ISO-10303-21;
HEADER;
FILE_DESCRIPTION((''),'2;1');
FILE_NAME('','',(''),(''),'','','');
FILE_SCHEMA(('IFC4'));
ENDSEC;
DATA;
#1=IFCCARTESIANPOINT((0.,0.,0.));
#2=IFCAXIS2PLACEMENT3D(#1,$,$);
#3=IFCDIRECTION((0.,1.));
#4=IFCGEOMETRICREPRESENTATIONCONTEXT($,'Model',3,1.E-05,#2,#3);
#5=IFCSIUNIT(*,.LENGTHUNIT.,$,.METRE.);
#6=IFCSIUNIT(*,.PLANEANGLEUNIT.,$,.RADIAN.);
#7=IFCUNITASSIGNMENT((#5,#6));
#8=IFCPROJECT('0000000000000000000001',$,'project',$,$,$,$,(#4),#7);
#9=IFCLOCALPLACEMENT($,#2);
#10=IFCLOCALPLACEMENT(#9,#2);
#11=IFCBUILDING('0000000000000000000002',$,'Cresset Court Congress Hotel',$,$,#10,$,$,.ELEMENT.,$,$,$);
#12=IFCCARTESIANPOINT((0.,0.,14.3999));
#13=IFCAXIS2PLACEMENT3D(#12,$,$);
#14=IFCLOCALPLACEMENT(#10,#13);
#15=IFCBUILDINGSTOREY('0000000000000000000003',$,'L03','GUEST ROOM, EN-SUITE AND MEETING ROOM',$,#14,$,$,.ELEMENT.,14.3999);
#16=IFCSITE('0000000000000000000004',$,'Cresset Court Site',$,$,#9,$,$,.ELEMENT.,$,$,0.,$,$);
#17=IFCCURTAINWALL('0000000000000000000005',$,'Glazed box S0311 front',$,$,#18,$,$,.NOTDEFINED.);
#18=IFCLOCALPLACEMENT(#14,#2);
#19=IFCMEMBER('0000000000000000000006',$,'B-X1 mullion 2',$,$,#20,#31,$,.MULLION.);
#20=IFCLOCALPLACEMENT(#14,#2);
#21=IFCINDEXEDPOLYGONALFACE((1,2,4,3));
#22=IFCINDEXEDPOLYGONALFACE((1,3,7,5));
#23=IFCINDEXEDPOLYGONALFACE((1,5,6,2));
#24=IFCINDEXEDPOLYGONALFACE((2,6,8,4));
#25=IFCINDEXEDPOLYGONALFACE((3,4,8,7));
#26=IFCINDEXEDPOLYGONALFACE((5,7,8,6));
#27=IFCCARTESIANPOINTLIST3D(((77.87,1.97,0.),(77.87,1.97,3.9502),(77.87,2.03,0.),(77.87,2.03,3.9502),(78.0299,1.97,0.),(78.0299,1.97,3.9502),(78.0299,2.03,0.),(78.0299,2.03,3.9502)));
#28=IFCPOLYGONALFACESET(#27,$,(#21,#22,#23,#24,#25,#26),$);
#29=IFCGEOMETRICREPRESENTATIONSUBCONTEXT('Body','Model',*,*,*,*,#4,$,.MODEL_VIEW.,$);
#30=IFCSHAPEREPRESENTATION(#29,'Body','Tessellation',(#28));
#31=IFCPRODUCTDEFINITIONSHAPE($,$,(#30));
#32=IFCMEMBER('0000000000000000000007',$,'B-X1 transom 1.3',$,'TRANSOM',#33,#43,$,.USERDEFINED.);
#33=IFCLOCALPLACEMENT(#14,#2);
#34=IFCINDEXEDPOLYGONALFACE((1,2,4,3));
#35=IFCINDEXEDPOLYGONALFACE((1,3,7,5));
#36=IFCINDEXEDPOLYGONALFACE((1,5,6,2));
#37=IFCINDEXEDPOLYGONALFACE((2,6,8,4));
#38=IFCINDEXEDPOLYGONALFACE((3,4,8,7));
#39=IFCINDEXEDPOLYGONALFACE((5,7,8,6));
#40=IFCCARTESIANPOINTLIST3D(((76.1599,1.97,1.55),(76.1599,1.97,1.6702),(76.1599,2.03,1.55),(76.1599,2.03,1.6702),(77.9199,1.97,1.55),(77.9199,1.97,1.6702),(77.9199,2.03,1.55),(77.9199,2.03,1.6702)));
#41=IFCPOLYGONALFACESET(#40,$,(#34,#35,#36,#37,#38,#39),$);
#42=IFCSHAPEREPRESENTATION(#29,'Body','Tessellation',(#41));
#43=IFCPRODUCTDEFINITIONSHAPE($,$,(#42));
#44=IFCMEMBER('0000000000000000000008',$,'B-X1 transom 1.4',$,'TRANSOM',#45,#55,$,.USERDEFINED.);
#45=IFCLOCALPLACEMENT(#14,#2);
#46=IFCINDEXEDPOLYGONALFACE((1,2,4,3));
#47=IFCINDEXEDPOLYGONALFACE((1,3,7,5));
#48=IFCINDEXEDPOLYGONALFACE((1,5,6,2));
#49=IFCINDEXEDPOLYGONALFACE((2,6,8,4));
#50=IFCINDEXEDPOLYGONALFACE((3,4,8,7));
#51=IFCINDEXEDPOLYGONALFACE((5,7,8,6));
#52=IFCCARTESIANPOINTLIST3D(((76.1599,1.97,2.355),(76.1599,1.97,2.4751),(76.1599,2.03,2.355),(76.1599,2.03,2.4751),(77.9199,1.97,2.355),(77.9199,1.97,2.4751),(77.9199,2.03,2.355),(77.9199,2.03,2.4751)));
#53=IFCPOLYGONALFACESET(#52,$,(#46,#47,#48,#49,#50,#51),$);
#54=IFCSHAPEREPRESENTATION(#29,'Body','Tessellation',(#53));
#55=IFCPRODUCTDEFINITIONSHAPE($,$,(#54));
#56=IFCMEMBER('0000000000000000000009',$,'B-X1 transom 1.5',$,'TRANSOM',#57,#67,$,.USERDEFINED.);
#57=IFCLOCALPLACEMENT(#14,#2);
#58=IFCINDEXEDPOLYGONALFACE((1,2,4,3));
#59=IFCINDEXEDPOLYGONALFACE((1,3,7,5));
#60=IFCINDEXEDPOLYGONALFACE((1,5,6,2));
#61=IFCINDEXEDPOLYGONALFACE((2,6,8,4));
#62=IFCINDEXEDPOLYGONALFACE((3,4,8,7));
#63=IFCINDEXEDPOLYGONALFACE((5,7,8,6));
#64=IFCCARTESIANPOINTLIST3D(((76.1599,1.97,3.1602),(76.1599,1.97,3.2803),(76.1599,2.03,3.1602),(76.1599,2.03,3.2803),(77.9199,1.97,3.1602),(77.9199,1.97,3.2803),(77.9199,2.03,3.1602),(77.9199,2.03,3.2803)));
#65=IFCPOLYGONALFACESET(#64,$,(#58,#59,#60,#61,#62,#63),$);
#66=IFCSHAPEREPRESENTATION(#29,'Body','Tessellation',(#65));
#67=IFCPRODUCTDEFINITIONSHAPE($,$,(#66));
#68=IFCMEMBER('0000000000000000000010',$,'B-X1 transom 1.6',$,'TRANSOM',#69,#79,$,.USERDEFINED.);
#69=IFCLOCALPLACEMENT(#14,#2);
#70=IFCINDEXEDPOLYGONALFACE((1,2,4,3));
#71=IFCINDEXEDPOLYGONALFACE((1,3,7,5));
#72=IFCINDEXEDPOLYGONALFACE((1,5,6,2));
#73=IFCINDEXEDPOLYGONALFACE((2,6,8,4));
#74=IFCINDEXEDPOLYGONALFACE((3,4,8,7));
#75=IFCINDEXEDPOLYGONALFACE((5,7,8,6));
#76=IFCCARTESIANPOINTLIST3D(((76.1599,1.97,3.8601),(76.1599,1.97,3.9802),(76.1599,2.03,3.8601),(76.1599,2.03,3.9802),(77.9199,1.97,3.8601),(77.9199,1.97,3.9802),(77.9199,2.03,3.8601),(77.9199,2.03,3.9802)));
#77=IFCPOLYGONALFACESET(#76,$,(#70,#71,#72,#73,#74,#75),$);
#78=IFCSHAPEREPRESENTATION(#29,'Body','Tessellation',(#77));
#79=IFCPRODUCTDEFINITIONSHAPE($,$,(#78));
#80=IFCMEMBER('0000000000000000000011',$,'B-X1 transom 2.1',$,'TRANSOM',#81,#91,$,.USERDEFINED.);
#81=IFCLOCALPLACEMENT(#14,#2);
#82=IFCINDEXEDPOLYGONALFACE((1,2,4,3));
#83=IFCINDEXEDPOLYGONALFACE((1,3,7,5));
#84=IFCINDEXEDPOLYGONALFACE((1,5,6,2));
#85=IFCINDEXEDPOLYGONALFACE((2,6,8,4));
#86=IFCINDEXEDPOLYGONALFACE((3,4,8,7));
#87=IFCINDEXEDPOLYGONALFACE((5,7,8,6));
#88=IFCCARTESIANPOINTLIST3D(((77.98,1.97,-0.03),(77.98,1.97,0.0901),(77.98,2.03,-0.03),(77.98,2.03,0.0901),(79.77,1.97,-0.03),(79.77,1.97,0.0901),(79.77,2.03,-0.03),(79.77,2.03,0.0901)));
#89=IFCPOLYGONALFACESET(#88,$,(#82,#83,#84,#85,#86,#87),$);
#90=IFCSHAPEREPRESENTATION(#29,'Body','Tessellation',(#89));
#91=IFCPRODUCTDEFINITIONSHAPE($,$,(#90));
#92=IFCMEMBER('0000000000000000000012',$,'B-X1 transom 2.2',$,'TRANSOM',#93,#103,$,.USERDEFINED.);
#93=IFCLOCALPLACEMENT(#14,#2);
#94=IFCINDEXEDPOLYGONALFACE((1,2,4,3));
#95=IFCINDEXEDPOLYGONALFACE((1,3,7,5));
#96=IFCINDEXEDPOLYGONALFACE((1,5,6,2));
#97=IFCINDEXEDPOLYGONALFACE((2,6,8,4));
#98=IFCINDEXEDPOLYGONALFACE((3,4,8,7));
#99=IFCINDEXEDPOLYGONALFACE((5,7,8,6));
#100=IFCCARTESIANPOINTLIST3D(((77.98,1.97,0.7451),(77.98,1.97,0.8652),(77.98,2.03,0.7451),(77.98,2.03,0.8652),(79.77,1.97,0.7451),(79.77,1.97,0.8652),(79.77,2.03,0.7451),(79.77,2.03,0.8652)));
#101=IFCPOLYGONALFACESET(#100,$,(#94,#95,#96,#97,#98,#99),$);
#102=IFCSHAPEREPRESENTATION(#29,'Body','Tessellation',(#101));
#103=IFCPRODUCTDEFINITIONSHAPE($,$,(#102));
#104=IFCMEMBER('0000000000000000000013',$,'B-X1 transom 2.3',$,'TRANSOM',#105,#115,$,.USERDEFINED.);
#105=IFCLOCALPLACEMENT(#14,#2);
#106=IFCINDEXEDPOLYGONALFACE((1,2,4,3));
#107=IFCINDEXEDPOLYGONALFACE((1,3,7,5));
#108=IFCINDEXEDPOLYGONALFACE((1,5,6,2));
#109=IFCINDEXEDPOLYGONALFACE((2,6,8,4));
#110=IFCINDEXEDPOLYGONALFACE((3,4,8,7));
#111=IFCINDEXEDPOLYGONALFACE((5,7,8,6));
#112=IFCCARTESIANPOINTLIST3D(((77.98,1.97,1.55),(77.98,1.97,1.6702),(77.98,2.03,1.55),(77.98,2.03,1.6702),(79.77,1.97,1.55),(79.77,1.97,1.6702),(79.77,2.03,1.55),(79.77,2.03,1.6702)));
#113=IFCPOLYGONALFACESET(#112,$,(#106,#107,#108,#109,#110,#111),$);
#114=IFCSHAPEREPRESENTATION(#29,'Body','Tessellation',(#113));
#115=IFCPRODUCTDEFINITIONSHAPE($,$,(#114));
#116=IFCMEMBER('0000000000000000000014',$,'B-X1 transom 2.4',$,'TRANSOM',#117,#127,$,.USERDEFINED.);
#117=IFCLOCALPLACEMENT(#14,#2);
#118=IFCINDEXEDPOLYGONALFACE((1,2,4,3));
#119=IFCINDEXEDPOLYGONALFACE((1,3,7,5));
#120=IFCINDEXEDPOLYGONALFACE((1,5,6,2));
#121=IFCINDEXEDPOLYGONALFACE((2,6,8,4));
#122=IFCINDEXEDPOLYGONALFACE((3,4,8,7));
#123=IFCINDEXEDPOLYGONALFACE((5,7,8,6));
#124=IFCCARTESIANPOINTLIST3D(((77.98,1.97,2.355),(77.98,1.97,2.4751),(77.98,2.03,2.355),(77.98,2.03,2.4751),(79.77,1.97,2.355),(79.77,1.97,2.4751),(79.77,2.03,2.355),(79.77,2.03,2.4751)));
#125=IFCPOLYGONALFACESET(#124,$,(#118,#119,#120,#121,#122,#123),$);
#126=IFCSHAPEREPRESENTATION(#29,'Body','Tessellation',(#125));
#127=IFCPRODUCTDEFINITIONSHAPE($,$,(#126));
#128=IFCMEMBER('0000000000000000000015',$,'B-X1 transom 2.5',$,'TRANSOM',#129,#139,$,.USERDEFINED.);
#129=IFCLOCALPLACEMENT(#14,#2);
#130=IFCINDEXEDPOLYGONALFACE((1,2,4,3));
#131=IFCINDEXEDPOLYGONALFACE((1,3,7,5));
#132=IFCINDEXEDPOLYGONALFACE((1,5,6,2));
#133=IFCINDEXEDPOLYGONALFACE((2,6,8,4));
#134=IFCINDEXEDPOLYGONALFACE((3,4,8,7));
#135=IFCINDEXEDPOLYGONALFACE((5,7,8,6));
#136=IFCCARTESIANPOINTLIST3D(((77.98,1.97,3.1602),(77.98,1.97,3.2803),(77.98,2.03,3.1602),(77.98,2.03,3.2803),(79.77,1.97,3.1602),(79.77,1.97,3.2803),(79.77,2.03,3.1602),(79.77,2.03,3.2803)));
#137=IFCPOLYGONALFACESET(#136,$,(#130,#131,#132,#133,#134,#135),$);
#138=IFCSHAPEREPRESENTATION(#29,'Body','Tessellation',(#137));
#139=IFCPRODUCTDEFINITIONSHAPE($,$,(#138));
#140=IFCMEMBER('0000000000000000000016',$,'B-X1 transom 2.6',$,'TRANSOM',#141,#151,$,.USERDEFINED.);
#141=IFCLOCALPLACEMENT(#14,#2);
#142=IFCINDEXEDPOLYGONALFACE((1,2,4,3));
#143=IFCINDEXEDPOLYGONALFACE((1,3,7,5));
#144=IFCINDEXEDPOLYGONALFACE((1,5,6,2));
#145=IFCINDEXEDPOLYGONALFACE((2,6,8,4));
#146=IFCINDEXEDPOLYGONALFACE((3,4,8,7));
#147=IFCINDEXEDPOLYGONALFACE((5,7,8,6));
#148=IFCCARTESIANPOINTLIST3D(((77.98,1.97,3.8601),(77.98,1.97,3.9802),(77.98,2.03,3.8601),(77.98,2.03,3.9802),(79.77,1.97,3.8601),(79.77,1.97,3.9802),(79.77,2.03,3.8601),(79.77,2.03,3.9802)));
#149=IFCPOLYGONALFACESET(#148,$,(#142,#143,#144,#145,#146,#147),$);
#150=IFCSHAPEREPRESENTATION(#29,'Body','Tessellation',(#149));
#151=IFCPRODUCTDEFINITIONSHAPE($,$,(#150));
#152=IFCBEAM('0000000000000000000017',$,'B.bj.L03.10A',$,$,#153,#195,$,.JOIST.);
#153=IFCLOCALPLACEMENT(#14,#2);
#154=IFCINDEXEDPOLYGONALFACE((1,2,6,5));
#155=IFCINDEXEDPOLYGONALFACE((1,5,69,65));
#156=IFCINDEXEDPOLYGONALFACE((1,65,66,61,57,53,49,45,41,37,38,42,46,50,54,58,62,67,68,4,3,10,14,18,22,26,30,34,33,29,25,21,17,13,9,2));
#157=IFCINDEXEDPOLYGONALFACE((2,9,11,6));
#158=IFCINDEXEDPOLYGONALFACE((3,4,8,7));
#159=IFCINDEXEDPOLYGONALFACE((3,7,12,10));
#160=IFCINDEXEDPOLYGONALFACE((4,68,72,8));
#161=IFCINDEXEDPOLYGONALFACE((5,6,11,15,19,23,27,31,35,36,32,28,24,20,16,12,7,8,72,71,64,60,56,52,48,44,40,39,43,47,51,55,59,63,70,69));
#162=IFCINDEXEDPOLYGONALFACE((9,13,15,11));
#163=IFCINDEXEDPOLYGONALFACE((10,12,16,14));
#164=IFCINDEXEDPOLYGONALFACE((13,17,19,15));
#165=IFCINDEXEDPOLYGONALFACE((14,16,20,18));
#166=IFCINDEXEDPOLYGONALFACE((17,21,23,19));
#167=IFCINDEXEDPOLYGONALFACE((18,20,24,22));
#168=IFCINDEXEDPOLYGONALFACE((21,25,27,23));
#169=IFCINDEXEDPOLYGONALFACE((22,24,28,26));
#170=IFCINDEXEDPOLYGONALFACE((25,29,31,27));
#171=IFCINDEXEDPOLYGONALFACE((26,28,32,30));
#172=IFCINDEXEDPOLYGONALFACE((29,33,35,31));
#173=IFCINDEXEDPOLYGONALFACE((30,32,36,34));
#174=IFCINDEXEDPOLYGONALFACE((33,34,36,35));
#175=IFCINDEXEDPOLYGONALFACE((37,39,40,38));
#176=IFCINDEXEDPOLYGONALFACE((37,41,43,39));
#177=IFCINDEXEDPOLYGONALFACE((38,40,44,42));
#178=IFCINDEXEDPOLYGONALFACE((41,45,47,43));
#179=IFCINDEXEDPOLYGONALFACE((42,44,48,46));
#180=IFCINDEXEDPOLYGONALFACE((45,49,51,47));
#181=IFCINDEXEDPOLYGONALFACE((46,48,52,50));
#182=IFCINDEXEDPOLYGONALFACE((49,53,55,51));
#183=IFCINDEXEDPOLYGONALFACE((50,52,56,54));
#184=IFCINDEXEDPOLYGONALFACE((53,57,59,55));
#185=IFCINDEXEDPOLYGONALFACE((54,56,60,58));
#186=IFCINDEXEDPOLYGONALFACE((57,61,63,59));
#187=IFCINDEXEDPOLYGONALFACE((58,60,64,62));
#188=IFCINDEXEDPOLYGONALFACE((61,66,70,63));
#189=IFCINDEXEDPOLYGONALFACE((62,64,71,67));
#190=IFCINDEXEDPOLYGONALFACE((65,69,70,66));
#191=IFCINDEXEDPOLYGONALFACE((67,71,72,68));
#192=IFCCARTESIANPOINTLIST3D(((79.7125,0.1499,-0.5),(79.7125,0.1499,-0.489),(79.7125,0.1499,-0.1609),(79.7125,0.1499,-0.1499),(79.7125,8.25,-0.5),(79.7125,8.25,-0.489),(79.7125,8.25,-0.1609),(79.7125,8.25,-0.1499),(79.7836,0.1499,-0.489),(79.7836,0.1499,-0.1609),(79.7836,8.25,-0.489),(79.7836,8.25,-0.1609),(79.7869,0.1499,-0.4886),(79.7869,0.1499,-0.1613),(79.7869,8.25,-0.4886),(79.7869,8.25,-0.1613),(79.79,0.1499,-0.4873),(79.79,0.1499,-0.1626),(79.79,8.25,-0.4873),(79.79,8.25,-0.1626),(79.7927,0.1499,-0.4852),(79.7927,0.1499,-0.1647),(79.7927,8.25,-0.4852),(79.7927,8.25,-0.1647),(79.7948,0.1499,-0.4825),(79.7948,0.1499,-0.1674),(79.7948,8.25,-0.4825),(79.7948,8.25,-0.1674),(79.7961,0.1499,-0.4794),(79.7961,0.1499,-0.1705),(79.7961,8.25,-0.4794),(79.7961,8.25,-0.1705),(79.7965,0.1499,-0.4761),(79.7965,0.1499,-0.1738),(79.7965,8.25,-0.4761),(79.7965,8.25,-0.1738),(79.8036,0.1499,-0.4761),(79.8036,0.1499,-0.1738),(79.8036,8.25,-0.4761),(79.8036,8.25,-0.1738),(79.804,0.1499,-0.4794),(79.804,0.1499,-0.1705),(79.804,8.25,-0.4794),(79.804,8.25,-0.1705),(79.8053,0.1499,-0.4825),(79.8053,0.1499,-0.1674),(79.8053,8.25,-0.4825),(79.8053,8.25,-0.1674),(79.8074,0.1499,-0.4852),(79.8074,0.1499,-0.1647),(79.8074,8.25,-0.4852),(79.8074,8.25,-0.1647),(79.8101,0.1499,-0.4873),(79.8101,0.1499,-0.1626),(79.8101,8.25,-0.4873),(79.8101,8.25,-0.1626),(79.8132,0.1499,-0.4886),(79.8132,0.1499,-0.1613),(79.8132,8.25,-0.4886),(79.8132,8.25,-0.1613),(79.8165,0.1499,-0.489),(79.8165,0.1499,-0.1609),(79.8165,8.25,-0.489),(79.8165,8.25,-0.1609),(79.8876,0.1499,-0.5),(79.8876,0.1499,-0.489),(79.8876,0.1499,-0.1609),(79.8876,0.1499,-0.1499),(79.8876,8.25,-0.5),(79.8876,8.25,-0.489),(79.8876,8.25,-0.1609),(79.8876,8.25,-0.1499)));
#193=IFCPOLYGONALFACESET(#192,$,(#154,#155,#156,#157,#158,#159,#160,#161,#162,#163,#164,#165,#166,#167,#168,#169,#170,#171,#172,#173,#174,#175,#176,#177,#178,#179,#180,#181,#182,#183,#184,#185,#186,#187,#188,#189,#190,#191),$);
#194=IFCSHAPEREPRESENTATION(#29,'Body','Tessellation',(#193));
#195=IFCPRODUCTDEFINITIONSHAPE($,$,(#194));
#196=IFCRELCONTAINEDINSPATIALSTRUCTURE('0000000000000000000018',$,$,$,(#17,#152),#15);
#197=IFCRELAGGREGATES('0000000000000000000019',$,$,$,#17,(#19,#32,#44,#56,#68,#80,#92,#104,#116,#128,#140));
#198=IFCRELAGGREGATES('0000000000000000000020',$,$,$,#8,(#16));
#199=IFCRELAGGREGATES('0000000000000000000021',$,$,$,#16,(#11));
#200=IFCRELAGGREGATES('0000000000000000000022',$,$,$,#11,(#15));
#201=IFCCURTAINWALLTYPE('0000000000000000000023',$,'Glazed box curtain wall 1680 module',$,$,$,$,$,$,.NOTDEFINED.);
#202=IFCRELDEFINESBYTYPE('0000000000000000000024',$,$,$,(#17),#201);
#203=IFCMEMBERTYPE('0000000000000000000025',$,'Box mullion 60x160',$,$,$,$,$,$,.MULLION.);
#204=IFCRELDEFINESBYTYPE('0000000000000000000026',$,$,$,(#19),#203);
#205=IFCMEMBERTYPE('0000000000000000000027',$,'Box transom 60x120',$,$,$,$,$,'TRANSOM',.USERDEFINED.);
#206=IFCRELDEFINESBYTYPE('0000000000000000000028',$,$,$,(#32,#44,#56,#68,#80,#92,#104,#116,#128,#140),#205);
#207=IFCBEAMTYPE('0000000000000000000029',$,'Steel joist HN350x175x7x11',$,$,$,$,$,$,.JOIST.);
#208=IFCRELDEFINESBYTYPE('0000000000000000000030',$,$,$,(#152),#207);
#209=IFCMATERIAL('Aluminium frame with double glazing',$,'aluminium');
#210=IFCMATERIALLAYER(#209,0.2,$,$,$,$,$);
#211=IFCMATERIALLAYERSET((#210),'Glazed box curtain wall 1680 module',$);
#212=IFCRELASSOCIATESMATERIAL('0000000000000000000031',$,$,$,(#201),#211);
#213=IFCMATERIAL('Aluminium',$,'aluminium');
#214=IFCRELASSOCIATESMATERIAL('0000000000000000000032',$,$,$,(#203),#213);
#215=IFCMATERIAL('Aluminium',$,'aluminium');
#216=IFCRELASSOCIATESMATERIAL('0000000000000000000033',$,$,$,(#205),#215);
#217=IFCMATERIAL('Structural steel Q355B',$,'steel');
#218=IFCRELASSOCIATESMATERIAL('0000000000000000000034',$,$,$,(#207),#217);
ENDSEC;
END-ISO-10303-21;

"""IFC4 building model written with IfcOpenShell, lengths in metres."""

from ifc_helpers import new_model, si_unit, direction, frame, origin, origin_2d, place, context, subcontext, project, spatial, rectangle, i_section, extrude, material, layer, layer_set, material_profile, profile_set, type_object, element, aggregate, save


model = new_model("IFC4")

# Units and contexts
model_context = context("Model", 3, precision=1e-05, world=origin(), true_north=direction((0.0, 1.0)))
body_context = subcontext(model_context, "Body", "Model", "MODEL_VIEW")
ifc_project = project(units=[si_unit("LENGTHUNIT", "METRE"), si_unit("PLANEANGLEUNIT", "RADIAN")], contexts=[model_context])

# Site, building, storey
site_placement = place(None, origin())
site = spatial("IfcSite", under=ifc_project, at=site_placement, Name="Cresset Court Site", CompositionType="ELEMENT", RefElevation=0.0)
building_placement = place(site_placement, origin())
building = spatial("IfcBuilding", under=site, at=building_placement, Name="Cresset Court Congress Hotel", CompositionType="ELEMENT")
storey_placement = place(building_placement, frame((0.0, 0.0, 14.3999)))
storey = spatial("IfcBuildingStorey", under=building, at=storey_placement, Name="L03", Description="GUEST ROOM, EN-SUITE AND MEETING ROOM", CompositionType="ELEMENT", Elevation=14.3999)

# Curtain wall, members
ifc_material_1 = material(Name="Aluminium frame with double glazing", Category="aluminium")
ifc_layer_1 = layer(ifc_material_1, 0.2)
ifc_layer_set_1 = layer_set([ifc_layer_1], Name="Glazed box curtain wall 1680 module")
curtain_wall_type = type_object("IfcCurtainWallType", Name="Glazed box curtain wall 1680 module", PredefinedType="NOTDEFINED", material=ifc_layer_set_1)
curtain_wall_placement = place(storey_placement, origin())
curtain_wall = element("IfcCurtainWall", 1, at=curtain_wall_placement, inside=storey, type_object=curtain_wall_type, Name="Glazed box S0311 front", PredefinedType="NOTDEFINED")
ifc_material_2 = material(Name="Aluminium", Category="aluminium")
ifc_material_profile_1 = material_profile(ifc_material_2, rectangle(XDim=0.0601, YDim=0.1599, at=origin_2d()), Name="Box mullion 60x160")
ifc_profile_set_1 = profile_set([ifc_material_profile_1], Name="Aluminium")
member_type_1 = type_object("IfcMemberType", Name="Box mullion 60x160", PredefinedType="MULLION", material=ifc_profile_set_1)
member_1_placement = place(storey_placement, frame((77.95, 2.0, 0.0), z_axis=(0.0, 0.0, 1.0), x_axis=(0.0, 1.0, 0.0)))
member_1 = element("IfcMember", 2, at=member_1_placement, type_object=member_type_1, Name="B-X1 mullion 2", PredefinedType="MULLION", context=body_context, shape_type="SweptSolid", body=[
    extrude(rectangle(XDim=0.0601, YDim=0.1599, at=origin_2d()), origin(), (0.0, 0.0, 1.0), 3.9502),
])
ifc_material_3 = material(Name="Aluminium", Category="aluminium")
ifc_material_profile_2 = material_profile(ifc_material_3, rectangle(XDim=0.0601, YDim=0.1201, at=origin_2d()), Name="Box transom 60x120")
ifc_profile_set_2 = profile_set([ifc_material_profile_2], Name="Aluminium")
member_type_2 = type_object("IfcMemberType", Name="Box transom 60x120", ElementType="TRANSOM", PredefinedType="USERDEFINED", material=ifc_profile_set_2)
member_2_placement = place(storey_placement, frame((76.1599, 2.0, 1.6101), z_axis=(1.0, 0.0, 0.0), x_axis=(0.0, 1.0, 0.0)))
member_2 = element("IfcMember", 3, at=member_2_placement, type_object=member_type_2, Name="B-X1 transom 1.3", ObjectType="TRANSOM", PredefinedType="USERDEFINED", context=body_context, shape_type="SweptSolid", body=[
    extrude(rectangle(XDim=0.0601, YDim=0.1201, at=origin_2d()), origin(), (0.0, 0.0, 1.0), 1.76),
])
member_3_placement = place(storey_placement, frame((76.1599, 2.0, 2.415), z_axis=(1.0, 0.0, 0.0), x_axis=(0.0, 1.0, 0.0)))
member_3 = element("IfcMember", 4, at=member_3_placement, type_object=member_type_2, Name="B-X1 transom 1.4", ObjectType="TRANSOM", PredefinedType="USERDEFINED", context=body_context, shape_type="SweptSolid", body=[
    extrude(rectangle(XDim=0.0601, YDim=0.1201, at=origin_2d()), origin(), (0.0, 0.0, 1.0), 1.76),
])
member_4_placement = place(storey_placement, frame((76.1599, 2.0, 3.2202), z_axis=(1.0, 0.0, 0.0), x_axis=(0.0, 1.0, 0.0)))
member_4 = element("IfcMember", 5, at=member_4_placement, type_object=member_type_2, Name="B-X1 transom 1.5", ObjectType="TRANSOM", PredefinedType="USERDEFINED", context=body_context, shape_type="SweptSolid", body=[
    extrude(rectangle(XDim=0.0601, YDim=0.1201, at=origin_2d()), origin(), (0.0, 0.0, 1.0), 1.76),
])
member_5_placement = place(storey_placement, frame((76.1599, 2.0, 3.9202), z_axis=(1.0, 0.0, 0.0), x_axis=(0.0, 1.0, 0.0)))
member_5 = element("IfcMember", 6, at=member_5_placement, type_object=member_type_2, Name="B-X1 transom 1.6", ObjectType="TRANSOM", PredefinedType="USERDEFINED", context=body_context, shape_type="SweptSolid", body=[
    extrude(rectangle(XDim=0.0601, YDim=0.1201, at=origin_2d()), origin(), (0.0, 0.0, 1.0), 1.76),
])
member_6_placement = place(storey_placement, frame((77.98, 2.0, 0.03), z_axis=(1.0, 0.0, 0.0), x_axis=(0.0, 1.0, 0.0)))
member_6 = element("IfcMember", 7, at=member_6_placement, type_object=member_type_2, Name="B-X1 transom 2.1", ObjectType="TRANSOM", PredefinedType="USERDEFINED", context=body_context, shape_type="SweptSolid", body=[
    extrude(rectangle(XDim=0.0601, YDim=0.1201, at=origin_2d()), origin(), (0.0, 0.0, 1.0), 1.79),
])
member_7_placement = place(storey_placement, frame((77.98, 2.0, 0.8052), z_axis=(1.0, 0.0, 0.0), x_axis=(0.0, 1.0, 0.0)))
member_7 = element("IfcMember", 8, at=member_7_placement, type_object=member_type_2, Name="B-X1 transom 2.2", ObjectType="TRANSOM", PredefinedType="USERDEFINED", context=body_context, shape_type="SweptSolid", body=[
    extrude(rectangle(XDim=0.0601, YDim=0.1201, at=origin_2d()), origin(), (0.0, 0.0, 1.0), 1.79),
])
member_8_placement = place(storey_placement, frame((77.98, 2.0, 1.6101), z_axis=(1.0, 0.0, 0.0), x_axis=(0.0, 1.0, 0.0)))
member_8 = element("IfcMember", 9, at=member_8_placement, type_object=member_type_2, Name="B-X1 transom 2.3", ObjectType="TRANSOM", PredefinedType="USERDEFINED", context=body_context, shape_type="SweptSolid", body=[
    extrude(rectangle(XDim=0.0601, YDim=0.1201, at=origin_2d()), origin(), (0.0, 0.0, 1.0), 1.79),
])
member_9_placement = place(storey_placement, frame((77.98, 2.0, 2.415), z_axis=(1.0, 0.0, 0.0), x_axis=(0.0, 1.0, 0.0)))
member_9 = element("IfcMember", 10, at=member_9_placement, type_object=member_type_2, Name="B-X1 transom 2.4", ObjectType="TRANSOM", PredefinedType="USERDEFINED", context=body_context, shape_type="SweptSolid", body=[
    extrude(rectangle(XDim=0.0601, YDim=0.1201, at=origin_2d()), origin(), (0.0, 0.0, 1.0), 1.79),
])
member_10_placement = place(storey_placement, frame((77.98, 2.0, 3.2202), z_axis=(1.0, 0.0, 0.0), x_axis=(0.0, 1.0, 0.0)))
member_10 = element("IfcMember", 11, at=member_10_placement, type_object=member_type_2, Name="B-X1 transom 2.5", ObjectType="TRANSOM", PredefinedType="USERDEFINED", context=body_context, shape_type="SweptSolid", body=[
    extrude(rectangle(XDim=0.0601, YDim=0.1201, at=origin_2d()), origin(), (0.0, 0.0, 1.0), 1.79),
])
member_11_placement = place(storey_placement, frame((77.98, 2.0, 3.9202), z_axis=(1.0, 0.0, 0.0), x_axis=(0.0, 1.0, 0.0)))
member_11 = element("IfcMember", 12, at=member_11_placement, type_object=member_type_2, Name="B-X1 transom 2.6", ObjectType="TRANSOM", PredefinedType="USERDEFINED", context=body_context, shape_type="SweptSolid", body=[
    extrude(rectangle(XDim=0.0601, YDim=0.1201, at=origin_2d()), origin(), (0.0, 0.0, 1.0), 1.79),
])

# Beam
ifc_material_4 = material(Name="Structural steel Q355B", Category="steel")
ifc_material_profile_3 = material_profile(ifc_material_4, i_section(OverallWidth=0.175, OverallDepth=0.3501, WebThickness=0.0071, FlangeThickness=0.011, FilletRadius=0.0129, at=origin_2d()), Name="HN350x175x7x11")
ifc_profile_set_3 = profile_set([ifc_material_profile_3], Name="Structural steel Q355B")
beam_type = type_object("IfcBeamType", Name="Steel joist HN350x175x7x11", PredefinedType="JOIST", material=ifc_profile_set_3)
beam_placement = place(storey_placement, frame((79.8, 0.1499, -0.325), z_axis=(0.0, 1.0, 0.0), x_axis=(-1.0, 0.0, 0.0)))
element("IfcBeam", 13, at=beam_placement, inside=storey, type_object=beam_type, Name="B.bj.L03.10A", PredefinedType="JOIST", context=body_context, shape_type="SweptSolid", body=[
    extrude(i_section(OverallWidth=0.175, OverallDepth=0.3501, WebThickness=0.0071, FlangeThickness=0.011, FilletRadius=0.0129, at=origin_2d()), origin(), (0.0, 0.0, 1.0), 8.1001),
])

aggregate(curtain_wall, [member_1, member_2, member_3, member_4, member_5, member_6, member_7, member_8, member_9, member_10, member_11])

save(model, "model.ifc")
